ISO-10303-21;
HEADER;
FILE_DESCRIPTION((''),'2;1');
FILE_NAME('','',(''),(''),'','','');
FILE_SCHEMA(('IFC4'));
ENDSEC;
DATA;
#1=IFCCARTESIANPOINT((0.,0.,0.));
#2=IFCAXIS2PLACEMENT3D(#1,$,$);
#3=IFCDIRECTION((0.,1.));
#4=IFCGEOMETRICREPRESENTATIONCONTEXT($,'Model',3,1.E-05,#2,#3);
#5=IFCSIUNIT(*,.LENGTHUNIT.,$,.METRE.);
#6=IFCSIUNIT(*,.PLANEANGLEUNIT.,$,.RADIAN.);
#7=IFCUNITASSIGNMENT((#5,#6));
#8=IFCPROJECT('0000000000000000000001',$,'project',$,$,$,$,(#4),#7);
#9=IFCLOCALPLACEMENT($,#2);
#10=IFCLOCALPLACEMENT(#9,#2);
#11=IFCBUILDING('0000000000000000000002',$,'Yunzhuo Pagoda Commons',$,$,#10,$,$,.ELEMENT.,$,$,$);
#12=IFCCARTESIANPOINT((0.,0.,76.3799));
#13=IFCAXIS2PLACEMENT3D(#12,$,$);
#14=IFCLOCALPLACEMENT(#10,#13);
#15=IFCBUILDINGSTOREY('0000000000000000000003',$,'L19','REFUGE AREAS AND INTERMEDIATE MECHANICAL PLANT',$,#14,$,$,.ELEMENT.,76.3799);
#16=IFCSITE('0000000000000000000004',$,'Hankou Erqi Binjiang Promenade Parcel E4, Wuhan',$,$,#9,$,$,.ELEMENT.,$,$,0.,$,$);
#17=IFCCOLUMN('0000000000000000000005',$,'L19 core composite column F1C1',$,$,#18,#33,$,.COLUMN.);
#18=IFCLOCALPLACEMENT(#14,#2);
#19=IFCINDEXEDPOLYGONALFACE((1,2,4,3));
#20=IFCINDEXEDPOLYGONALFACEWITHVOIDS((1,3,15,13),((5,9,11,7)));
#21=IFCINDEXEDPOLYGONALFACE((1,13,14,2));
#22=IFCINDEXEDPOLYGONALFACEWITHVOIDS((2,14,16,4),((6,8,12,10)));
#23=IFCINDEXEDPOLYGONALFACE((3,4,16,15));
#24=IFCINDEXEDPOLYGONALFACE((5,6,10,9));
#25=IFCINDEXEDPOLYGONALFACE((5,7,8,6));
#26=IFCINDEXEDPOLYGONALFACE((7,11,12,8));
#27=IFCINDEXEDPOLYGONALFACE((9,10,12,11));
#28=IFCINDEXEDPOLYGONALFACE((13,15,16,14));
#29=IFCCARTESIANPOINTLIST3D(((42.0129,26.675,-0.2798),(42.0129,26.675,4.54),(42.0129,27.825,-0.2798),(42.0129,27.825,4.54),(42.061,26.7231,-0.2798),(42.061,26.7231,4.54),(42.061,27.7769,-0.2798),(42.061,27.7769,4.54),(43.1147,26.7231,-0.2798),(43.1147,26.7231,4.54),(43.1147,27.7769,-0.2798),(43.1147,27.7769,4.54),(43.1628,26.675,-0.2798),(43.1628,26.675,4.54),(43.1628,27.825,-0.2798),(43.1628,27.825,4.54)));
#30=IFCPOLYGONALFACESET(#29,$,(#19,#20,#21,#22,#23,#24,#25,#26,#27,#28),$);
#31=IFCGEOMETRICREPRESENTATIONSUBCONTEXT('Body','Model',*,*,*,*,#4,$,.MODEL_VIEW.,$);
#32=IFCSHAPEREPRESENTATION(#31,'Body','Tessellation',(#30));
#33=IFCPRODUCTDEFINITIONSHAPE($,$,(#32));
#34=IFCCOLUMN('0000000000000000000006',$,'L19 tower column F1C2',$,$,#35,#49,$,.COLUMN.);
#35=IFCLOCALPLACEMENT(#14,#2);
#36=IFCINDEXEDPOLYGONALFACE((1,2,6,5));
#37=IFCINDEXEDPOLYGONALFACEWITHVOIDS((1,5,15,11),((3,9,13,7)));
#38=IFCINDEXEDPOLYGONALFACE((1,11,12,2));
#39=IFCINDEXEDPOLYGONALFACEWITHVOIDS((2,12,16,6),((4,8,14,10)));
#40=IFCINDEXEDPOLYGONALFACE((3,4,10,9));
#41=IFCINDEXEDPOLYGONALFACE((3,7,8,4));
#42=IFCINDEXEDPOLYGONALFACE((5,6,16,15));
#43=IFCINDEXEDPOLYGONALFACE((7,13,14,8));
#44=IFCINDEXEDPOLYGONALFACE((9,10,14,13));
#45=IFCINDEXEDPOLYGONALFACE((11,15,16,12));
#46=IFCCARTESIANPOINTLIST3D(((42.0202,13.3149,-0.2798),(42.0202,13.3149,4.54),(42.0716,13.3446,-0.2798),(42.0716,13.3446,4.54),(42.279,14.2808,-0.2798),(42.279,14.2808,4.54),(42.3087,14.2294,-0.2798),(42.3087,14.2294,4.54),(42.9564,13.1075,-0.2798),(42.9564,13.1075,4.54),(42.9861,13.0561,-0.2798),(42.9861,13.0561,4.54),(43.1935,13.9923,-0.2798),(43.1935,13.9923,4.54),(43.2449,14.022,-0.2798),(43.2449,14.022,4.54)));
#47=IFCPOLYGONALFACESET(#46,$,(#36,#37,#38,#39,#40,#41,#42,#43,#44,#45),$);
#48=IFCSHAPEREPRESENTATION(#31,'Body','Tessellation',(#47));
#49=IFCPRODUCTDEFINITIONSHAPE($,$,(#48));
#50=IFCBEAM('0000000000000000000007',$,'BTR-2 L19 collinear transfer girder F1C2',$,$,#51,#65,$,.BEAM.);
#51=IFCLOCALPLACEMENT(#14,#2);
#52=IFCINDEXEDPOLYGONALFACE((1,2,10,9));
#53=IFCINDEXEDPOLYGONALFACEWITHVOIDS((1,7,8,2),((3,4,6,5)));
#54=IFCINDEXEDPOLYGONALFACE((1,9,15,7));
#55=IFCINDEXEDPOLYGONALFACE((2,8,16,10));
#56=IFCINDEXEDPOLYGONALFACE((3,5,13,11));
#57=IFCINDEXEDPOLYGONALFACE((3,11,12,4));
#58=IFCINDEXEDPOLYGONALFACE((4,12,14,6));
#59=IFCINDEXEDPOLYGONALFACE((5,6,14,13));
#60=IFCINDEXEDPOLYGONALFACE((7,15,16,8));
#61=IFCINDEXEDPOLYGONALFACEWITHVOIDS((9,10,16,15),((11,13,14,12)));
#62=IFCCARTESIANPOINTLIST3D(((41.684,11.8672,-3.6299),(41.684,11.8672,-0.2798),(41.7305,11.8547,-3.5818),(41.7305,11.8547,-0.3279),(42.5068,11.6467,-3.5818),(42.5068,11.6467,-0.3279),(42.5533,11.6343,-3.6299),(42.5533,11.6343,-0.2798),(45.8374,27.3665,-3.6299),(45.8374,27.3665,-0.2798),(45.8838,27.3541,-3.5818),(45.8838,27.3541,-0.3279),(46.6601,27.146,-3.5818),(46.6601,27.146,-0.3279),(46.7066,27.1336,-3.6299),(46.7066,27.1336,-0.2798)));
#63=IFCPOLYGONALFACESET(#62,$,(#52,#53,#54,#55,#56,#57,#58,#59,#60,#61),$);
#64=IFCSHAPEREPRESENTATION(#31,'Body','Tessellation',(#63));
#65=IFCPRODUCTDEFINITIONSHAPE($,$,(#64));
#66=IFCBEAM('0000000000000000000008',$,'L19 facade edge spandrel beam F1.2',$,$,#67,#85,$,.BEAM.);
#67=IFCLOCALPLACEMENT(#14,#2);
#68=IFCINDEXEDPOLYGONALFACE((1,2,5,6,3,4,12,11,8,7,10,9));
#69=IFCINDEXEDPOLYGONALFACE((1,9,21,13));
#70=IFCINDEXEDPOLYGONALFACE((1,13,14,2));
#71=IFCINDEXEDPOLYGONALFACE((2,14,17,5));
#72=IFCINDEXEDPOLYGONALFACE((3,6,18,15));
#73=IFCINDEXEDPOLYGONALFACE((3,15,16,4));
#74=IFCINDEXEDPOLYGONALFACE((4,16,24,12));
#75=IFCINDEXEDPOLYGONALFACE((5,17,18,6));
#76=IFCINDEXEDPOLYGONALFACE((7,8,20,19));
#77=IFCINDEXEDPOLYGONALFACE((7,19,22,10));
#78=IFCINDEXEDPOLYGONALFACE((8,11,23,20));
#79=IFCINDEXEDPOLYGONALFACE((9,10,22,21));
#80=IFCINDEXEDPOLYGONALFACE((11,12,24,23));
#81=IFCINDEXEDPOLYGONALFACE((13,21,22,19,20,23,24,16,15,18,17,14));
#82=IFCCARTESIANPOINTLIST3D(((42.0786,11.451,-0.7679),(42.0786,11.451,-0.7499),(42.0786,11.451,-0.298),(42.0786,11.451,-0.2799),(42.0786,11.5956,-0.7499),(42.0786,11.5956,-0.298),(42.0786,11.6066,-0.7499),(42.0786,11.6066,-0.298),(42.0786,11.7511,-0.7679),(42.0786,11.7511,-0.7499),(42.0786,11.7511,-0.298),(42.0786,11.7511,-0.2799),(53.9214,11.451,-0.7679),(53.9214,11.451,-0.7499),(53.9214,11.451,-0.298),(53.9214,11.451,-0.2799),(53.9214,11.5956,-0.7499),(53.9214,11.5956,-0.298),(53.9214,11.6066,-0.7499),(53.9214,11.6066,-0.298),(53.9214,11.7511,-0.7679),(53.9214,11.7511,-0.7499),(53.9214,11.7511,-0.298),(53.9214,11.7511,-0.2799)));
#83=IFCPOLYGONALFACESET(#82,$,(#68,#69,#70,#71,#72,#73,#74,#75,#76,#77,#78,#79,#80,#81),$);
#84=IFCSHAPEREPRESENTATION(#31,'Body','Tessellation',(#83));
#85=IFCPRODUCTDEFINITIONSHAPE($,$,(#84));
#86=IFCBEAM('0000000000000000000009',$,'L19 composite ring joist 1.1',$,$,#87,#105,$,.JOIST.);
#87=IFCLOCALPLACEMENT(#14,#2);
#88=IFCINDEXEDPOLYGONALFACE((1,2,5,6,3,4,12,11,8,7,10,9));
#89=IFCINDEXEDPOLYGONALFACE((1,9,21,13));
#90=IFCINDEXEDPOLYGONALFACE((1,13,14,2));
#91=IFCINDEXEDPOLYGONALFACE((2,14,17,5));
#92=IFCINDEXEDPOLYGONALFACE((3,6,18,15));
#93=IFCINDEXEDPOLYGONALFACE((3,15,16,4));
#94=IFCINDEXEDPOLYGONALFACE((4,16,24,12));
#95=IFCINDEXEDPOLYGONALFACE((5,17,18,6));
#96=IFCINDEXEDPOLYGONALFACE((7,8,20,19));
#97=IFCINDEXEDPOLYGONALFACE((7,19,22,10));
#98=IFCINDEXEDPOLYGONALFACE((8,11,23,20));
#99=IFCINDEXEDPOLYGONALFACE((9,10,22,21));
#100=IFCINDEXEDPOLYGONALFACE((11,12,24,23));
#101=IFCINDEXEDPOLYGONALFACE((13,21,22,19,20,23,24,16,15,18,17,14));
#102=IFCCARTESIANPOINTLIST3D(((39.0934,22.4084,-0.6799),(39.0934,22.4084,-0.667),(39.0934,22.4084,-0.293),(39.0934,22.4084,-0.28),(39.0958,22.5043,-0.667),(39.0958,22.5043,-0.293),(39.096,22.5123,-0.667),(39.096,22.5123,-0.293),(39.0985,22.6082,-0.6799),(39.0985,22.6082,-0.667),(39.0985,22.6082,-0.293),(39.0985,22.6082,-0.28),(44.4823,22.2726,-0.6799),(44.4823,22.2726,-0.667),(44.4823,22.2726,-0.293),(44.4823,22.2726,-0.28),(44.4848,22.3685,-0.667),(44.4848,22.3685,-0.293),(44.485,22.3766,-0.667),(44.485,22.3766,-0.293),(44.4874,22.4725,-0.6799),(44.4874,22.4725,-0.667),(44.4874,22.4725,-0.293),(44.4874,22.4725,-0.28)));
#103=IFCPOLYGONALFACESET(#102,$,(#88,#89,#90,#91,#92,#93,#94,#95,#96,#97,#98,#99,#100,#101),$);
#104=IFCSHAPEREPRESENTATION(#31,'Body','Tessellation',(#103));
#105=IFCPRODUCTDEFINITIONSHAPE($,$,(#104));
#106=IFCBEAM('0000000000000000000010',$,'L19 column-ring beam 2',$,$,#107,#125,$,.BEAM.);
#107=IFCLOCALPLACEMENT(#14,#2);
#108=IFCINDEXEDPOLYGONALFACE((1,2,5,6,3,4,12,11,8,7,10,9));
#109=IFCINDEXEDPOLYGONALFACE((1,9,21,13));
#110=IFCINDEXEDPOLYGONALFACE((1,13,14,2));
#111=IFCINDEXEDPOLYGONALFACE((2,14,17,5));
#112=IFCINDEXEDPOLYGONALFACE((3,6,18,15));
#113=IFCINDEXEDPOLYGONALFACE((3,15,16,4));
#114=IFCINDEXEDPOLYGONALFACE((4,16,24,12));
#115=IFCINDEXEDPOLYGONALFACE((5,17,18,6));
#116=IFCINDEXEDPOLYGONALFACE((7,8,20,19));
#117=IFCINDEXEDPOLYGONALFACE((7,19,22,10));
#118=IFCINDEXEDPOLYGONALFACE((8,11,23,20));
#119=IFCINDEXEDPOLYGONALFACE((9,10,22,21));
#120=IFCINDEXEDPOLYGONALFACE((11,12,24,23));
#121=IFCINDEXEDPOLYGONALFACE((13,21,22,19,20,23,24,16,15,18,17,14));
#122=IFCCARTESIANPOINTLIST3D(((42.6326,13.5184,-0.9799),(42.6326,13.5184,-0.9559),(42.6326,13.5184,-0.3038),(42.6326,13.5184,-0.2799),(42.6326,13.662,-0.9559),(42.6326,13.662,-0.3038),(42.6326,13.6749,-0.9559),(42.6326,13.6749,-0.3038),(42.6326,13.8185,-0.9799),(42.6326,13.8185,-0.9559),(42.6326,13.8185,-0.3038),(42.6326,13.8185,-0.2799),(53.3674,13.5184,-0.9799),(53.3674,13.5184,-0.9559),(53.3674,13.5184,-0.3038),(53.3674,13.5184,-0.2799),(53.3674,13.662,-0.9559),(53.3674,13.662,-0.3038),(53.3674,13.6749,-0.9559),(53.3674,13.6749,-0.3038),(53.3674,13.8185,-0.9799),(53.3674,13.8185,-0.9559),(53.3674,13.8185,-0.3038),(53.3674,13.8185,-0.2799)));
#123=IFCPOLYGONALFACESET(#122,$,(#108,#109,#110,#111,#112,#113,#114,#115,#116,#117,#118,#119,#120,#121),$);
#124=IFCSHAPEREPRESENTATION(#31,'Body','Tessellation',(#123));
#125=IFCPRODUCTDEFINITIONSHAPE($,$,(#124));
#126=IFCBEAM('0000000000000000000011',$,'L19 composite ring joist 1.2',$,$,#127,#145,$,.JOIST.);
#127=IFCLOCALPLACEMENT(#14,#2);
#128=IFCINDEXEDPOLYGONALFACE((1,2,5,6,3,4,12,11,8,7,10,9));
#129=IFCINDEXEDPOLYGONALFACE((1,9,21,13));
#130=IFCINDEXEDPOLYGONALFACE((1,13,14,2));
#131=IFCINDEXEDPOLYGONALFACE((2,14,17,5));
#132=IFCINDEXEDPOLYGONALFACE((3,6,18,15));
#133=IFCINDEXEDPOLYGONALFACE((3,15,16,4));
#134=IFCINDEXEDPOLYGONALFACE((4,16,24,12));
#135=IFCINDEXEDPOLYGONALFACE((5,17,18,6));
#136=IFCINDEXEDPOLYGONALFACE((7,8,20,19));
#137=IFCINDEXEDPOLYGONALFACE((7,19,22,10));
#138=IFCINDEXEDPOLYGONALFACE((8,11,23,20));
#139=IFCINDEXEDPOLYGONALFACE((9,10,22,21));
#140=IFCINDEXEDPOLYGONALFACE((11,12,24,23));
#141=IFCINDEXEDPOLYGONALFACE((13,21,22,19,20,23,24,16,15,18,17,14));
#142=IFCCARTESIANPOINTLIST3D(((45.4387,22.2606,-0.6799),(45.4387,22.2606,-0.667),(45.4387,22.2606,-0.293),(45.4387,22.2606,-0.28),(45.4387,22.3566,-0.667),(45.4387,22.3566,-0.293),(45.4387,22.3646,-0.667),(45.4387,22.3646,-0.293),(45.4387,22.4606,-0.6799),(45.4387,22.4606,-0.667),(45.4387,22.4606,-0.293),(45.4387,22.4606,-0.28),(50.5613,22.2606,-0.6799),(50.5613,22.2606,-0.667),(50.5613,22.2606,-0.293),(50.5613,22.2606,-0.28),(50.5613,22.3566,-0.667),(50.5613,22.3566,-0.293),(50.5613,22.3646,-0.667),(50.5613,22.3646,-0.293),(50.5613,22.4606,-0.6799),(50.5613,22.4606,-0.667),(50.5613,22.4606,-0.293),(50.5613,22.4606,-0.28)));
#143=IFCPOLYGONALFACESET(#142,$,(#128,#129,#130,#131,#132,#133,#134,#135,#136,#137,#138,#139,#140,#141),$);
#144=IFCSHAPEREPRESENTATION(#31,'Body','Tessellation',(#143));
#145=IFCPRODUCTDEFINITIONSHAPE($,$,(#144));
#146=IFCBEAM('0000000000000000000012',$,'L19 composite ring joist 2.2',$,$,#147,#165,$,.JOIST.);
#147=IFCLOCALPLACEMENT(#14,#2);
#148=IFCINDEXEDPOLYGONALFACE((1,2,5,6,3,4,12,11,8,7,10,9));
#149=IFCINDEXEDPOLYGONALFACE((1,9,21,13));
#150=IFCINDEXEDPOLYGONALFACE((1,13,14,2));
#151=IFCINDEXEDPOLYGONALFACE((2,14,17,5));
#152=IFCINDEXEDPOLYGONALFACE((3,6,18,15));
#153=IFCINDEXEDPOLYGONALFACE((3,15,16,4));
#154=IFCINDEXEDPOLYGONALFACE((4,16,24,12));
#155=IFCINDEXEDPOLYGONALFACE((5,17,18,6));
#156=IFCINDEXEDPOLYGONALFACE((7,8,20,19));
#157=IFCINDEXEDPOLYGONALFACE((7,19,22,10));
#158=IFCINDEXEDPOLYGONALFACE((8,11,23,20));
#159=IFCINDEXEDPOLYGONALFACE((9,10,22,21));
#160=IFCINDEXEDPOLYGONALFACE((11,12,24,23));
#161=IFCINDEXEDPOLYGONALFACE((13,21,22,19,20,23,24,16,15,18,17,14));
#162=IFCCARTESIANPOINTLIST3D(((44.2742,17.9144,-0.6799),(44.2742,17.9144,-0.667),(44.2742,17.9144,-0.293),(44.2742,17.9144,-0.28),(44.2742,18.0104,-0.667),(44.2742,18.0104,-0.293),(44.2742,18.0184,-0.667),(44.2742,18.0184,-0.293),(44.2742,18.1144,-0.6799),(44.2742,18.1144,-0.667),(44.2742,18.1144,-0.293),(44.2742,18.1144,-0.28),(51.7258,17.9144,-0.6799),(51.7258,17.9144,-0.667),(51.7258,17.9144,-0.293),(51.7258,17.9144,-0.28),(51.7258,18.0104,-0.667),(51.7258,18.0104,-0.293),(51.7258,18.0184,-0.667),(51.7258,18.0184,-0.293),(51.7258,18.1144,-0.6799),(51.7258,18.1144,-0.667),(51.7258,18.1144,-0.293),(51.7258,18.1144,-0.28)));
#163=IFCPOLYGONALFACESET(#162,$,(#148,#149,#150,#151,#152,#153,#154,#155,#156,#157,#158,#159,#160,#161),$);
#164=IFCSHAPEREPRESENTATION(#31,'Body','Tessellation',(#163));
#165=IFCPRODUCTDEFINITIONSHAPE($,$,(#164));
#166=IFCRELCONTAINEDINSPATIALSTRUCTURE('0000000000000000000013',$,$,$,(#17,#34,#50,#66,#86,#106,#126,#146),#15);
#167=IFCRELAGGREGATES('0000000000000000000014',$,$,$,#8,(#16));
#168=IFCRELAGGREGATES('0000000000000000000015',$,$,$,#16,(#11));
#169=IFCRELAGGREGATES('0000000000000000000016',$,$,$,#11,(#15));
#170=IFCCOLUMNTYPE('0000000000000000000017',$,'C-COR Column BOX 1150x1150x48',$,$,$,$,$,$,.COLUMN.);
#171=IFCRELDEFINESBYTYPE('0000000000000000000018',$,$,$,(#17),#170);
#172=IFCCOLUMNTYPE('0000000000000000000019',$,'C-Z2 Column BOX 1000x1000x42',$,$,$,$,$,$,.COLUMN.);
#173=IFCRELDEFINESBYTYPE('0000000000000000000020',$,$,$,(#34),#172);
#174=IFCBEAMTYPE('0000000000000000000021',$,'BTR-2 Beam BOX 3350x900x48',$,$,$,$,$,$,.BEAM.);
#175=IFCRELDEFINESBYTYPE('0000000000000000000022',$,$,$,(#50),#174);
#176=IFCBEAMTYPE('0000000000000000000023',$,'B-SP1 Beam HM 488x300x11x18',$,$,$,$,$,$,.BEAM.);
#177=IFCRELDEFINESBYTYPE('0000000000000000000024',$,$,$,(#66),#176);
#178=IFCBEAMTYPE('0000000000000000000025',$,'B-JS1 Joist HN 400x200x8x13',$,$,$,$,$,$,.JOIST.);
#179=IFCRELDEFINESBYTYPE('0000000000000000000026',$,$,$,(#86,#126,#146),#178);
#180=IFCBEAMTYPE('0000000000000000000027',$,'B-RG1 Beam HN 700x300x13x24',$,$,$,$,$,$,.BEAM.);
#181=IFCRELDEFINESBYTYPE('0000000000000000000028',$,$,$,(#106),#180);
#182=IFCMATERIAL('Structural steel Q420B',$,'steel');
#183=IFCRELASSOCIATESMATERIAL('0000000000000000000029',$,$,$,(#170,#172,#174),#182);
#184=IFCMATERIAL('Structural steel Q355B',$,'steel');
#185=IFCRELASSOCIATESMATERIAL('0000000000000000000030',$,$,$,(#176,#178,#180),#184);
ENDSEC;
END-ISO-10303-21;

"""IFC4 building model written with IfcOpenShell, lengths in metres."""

from ifc_helpers import new_model, si_unit, direction, frame, origin, origin_2d, place, context, subcontext, project, spatial, hollow_rectangle, i_section, extrude, source, transform, mapped, material, material_profile, profile_set, type_object, element, save


model = new_model("IFC4")

# Units and contexts
model_context = context("Model", 3, precision=1e-05, world=origin(), true_north=direction((0.0, 1.0)))
body_context = subcontext(model_context, "Body", "Model", "MODEL_VIEW")
ifc_project = project(units=[si_unit("LENGTHUNIT", "METRE"), si_unit("PLANEANGLEUNIT", "RADIAN")], contexts=[model_context])

# Site, building, storey
site_placement = place(None, origin())
site = spatial("IfcSite", under=ifc_project, at=site_placement, Name="Hankou Erqi Binjiang Promenade Parcel E4, Wuhan", CompositionType="ELEMENT", RefElevation=0.0)
building_placement = place(site_placement, origin())
building = spatial("IfcBuilding", under=site, at=building_placement, Name="Yunzhuo Pagoda Commons", CompositionType="ELEMENT")
storey_placement = place(building_placement, frame((0.0, 0.0, 76.3799)))
storey = spatial("IfcBuildingStorey", under=building, at=storey_placement, Name="L19", Description="REFUGE AREAS AND INTERMEDIATE MECHANICAL PLANT", CompositionType="ELEMENT", Elevation=76.3799)

# Columns
ifc_material_1 = material(Name="Structural steel Q420B", Category="steel")
ifc_material_profile_1 = material_profile(ifc_material_1, hollow_rectangle(XDim=1.1499, YDim=1.1499, WallThickness=0.0481, at=origin_2d()), Name="Structural steel Q420B")
ifc_profile_set_1 = profile_set([ifc_material_profile_1], Name="Structural steel Q420B")
column_type_1 = type_object("IfcColumnType", Name="C-COR Column BOX 1150x1150x48", PredefinedType="COLUMN", material=ifc_profile_set_1)
shared_shape_1 = source(origin(), body_context, "Body", "SweptSolid", [
    extrude(hollow_rectangle(XDim=1.1499, YDim=1.1499, WallThickness=0.0481, at=origin_2d()), origin(), (0.0, 0.0, 1.0), 4.8198),
])
column_1_placement = place(storey_placement, frame((42.5879, 27.25, -0.2798), z_axis=(0.0, 0.0, 1.0), x_axis=(1.0, 0.0, 0.0)))
element("IfcColumn", 1, at=column_1_placement, inside=storey, type_object=column_type_1, Name="L19 core composite column F1C1", PredefinedType="COLUMN", context=body_context, shape_type="MappedRepresentation", body=[
    mapped(shared_shape_1, transform((0.0, 0.0, 0.0), scale=1.0)),
])
ifc_material_profile_2 = material_profile(ifc_material_1, hollow_rectangle(XDim=1.0, YDim=1.0, WallThickness=0.042, at=origin_2d()), Name="Structural steel Q420B")
ifc_profile_set_2 = profile_set([ifc_material_profile_2], Name="Structural steel Q420B")
column_type_2 = type_object("IfcColumnType", Name="C-Z2 Column BOX 1000x1000x42", PredefinedType="COLUMN", material=ifc_profile_set_2)
shared_shape_2 = source(origin(), body_context, "Body", "SweptSolid", [
    extrude(hollow_rectangle(XDim=1.0, YDim=1.0, WallThickness=0.042, at=origin_2d()), origin(), (0.0, 0.0, 1.0), 4.8198),
])
column_2_placement = place(storey_placement, frame((42.6326, 13.6685, -0.2798), z_axis=(0.0, 0.0, 1.0), x_axis=(0.965926, -0.258819, 0.0)))
element("IfcColumn", 2, at=column_2_placement, inside=storey, type_object=column_type_2, Name="L19 tower column F1C2", PredefinedType="COLUMN", context=body_context, shape_type="MappedRepresentation", body=[
    mapped(shared_shape_2, transform((0.0, 0.0, 0.0), scale=1.0)),
])

# Beams
ifc_material_profile_3 = material_profile(ifc_material_1, hollow_rectangle(XDim=0.8999, YDim=3.3501, WallThickness=0.0481, at=origin_2d()), Name="Structural steel Q420B")
ifc_profile_set_3 = profile_set([ifc_material_profile_3], Name="Structural steel Q420B")
beam_type_1 = type_object("IfcBeamType", Name="BTR-2 Beam BOX 3350x900x48", PredefinedType="BEAM", material=ifc_profile_set_3)
shared_shape_3 = source(origin(), body_context, "Body", "SweptSolid", [
    extrude(hollow_rectangle(XDim=0.8999, YDim=3.3501, WallThickness=0.0481, at=origin_2d()), origin(), (0.0, 0.0, 1.0), 16.0461),
])
beam_1_placement = place(storey_placement, frame((42.1187, 11.7507, -1.9548), z_axis=(0.258837, 0.965921, 0.0), x_axis=(-0.965921, 0.258837, 0.0)))
element("IfcBeam", 3, at=beam_1_placement, inside=storey, type_object=beam_type_1, Name="BTR-2 L19 collinear transfer girder F1C2", PredefinedType="BEAM", context=body_context, shape_type="MappedRepresentation", body=[
    mapped(shared_shape_3, transform((0.0, 0.0, 0.0), scale=1.0)),
])
ifc_material_2 = material(Name="Structural steel Q355B", Category="steel")
ifc_material_profile_4 = material_profile(ifc_material_2, i_section(OverallWidth=0.3, OverallDepth=0.488, WebThickness=0.011, FlangeThickness=0.0181, at=origin_2d()), Name="Structural steel Q355B")
ifc_profile_set_4 = profile_set([ifc_material_profile_4], Name="Structural steel Q355B")
beam_type_2 = type_object("IfcBeamType", Name="B-SP1 Beam HM 488x300x11x18", PredefinedType="BEAM", material=ifc_profile_set_4)
shared_shape_4 = source(origin(), body_context, "Body", "SweptSolid", [
    extrude(i_section(OverallWidth=0.3, OverallDepth=0.488, WebThickness=0.011, FlangeThickness=0.0181, at=origin_2d()), origin(), (0.0, 0.0, 1.0), 11.8428),
])
beam_2_placement = place(storey_placement, frame((42.0786, 11.6011, -0.5239), z_axis=(1.0, 0.0, 0.0), x_axis=(0.0, 1.0, 0.0)))
element("IfcBeam", 4, at=beam_2_placement, inside=storey, type_object=beam_type_2, Name="L19 facade edge spandrel beam F1.2", PredefinedType="BEAM", context=body_context, shape_type="MappedRepresentation", body=[
    mapped(shared_shape_4, transform((0.0, 0.0, 0.0), scale=1.0)),
])
ifc_material_profile_5 = material_profile(ifc_material_2, i_section(OverallWidth=0.2, OverallDepth=0.3999, WebThickness=0.0081, FlangeThickness=0.0129, at=origin_2d()), Name="Structural steel Q355B")
ifc_profile_set_5 = profile_set([ifc_material_profile_5], Name="Structural steel Q355B")
beam_type_3 = type_object("IfcBeamType", Name="B-JS1 Joist HN 400x200x8x13", PredefinedType="JOIST", material=ifc_profile_set_5)
shared_shape_5 = source(origin(), body_context, "Body", "SweptSolid", [
    extrude(i_section(OverallWidth=0.2, OverallDepth=0.3999, WebThickness=0.0081, FlangeThickness=0.0129, at=origin_2d()), origin(), (0.0, 0.0, 1.0), 5.3906),
])
beam_3_placement = place(storey_placement, frame((39.0959, 22.5083, -0.48), z_axis=(0.999683, -0.025181, 0.0), x_axis=(0.025181, 0.999683, 0.0)))
element("IfcBeam", 5, at=beam_3_placement, inside=storey, type_object=beam_type_3, Name="L19 composite ring joist 1.1", PredefinedType="JOIST", context=body_context, shape_type="MappedRepresentation", body=[
    mapped(shared_shape_5, transform((0.0, 0.0, 0.0), scale=1.0)),
])
ifc_material_profile_6 = material_profile(ifc_material_2, i_section(OverallWidth=0.3, OverallDepth=0.7, WebThickness=0.0129, FlangeThickness=0.0239, at=origin_2d()), Name="Structural steel Q355B")
ifc_profile_set_6 = profile_set([ifc_material_profile_6], Name="Structural steel Q355B")
beam_type_4 = type_object("IfcBeamType", Name="B-RG1 Beam HN 700x300x13x24", PredefinedType="BEAM", material=ifc_profile_set_6)
shared_shape_6 = source(origin(), body_context, "Body", "SweptSolid", [
    extrude(i_section(OverallWidth=0.3, OverallDepth=0.7, WebThickness=0.0129, FlangeThickness=0.0239, at=origin_2d()), origin(), (0.0, 0.0, 1.0), 10.7349),
])
beam_4_placement = place(storey_placement, frame((42.6326, 13.6685, -0.6299), z_axis=(1.0, 0.0, 0.0), x_axis=(0.0, 1.0, 0.0)))
element("IfcBeam", 6, at=beam_4_placement, inside=storey, type_object=beam_type_4, Name="L19 column-ring beam 2", PredefinedType="BEAM", context=body_context, shape_type="MappedRepresentation", body=[
    mapped(shared_shape_6, transform((0.0, 0.0, 0.0), scale=1.0)),
])
shared_shape_7 = source(origin(), body_context, "Body", "SweptSolid", [
    extrude(i_section(OverallWidth=0.2, OverallDepth=0.3999, WebThickness=0.0081, FlangeThickness=0.0129, at=origin_2d()), origin(), (0.0, 0.0, 1.0), 5.1226),
])
beam_5_placement = place(storey_placement, frame((45.4387, 22.3606, -0.48), z_axis=(1.0, 0.0, 0.0), x_axis=(0.0, 1.0, 0.0)))
element("IfcBeam", 7, at=beam_5_placement, inside=storey, type_object=beam_type_3, Name="L19 composite ring joist 1.2", PredefinedType="JOIST", context=body_context, shape_type="MappedRepresentation", body=[
    mapped(shared_shape_7, transform((0.0, 0.0, 0.0), scale=1.0)),
])
shared_shape_8 = source(origin(), body_context, "Body", "SweptSolid", [
    extrude(i_section(OverallWidth=0.2, OverallDepth=0.3999, WebThickness=0.0081, FlangeThickness=0.0129, at=origin_2d()), origin(), (0.0, 0.0, 1.0), 7.4517),
])
beam_6_placement = place(storey_placement, frame((44.2742, 18.0144, -0.48), z_axis=(1.0, 0.0, 0.0), x_axis=(0.0, 1.0, 0.0)))
element("IfcBeam", 8, at=beam_6_placement, inside=storey, type_object=beam_type_3, Name="L19 composite ring joist 2.2", PredefinedType="JOIST", context=body_context, shape_type="MappedRepresentation", body=[
    mapped(shared_shape_8, transform((0.0, 0.0, 0.0), scale=1.0)),
])

save(model, "model.ifc")
